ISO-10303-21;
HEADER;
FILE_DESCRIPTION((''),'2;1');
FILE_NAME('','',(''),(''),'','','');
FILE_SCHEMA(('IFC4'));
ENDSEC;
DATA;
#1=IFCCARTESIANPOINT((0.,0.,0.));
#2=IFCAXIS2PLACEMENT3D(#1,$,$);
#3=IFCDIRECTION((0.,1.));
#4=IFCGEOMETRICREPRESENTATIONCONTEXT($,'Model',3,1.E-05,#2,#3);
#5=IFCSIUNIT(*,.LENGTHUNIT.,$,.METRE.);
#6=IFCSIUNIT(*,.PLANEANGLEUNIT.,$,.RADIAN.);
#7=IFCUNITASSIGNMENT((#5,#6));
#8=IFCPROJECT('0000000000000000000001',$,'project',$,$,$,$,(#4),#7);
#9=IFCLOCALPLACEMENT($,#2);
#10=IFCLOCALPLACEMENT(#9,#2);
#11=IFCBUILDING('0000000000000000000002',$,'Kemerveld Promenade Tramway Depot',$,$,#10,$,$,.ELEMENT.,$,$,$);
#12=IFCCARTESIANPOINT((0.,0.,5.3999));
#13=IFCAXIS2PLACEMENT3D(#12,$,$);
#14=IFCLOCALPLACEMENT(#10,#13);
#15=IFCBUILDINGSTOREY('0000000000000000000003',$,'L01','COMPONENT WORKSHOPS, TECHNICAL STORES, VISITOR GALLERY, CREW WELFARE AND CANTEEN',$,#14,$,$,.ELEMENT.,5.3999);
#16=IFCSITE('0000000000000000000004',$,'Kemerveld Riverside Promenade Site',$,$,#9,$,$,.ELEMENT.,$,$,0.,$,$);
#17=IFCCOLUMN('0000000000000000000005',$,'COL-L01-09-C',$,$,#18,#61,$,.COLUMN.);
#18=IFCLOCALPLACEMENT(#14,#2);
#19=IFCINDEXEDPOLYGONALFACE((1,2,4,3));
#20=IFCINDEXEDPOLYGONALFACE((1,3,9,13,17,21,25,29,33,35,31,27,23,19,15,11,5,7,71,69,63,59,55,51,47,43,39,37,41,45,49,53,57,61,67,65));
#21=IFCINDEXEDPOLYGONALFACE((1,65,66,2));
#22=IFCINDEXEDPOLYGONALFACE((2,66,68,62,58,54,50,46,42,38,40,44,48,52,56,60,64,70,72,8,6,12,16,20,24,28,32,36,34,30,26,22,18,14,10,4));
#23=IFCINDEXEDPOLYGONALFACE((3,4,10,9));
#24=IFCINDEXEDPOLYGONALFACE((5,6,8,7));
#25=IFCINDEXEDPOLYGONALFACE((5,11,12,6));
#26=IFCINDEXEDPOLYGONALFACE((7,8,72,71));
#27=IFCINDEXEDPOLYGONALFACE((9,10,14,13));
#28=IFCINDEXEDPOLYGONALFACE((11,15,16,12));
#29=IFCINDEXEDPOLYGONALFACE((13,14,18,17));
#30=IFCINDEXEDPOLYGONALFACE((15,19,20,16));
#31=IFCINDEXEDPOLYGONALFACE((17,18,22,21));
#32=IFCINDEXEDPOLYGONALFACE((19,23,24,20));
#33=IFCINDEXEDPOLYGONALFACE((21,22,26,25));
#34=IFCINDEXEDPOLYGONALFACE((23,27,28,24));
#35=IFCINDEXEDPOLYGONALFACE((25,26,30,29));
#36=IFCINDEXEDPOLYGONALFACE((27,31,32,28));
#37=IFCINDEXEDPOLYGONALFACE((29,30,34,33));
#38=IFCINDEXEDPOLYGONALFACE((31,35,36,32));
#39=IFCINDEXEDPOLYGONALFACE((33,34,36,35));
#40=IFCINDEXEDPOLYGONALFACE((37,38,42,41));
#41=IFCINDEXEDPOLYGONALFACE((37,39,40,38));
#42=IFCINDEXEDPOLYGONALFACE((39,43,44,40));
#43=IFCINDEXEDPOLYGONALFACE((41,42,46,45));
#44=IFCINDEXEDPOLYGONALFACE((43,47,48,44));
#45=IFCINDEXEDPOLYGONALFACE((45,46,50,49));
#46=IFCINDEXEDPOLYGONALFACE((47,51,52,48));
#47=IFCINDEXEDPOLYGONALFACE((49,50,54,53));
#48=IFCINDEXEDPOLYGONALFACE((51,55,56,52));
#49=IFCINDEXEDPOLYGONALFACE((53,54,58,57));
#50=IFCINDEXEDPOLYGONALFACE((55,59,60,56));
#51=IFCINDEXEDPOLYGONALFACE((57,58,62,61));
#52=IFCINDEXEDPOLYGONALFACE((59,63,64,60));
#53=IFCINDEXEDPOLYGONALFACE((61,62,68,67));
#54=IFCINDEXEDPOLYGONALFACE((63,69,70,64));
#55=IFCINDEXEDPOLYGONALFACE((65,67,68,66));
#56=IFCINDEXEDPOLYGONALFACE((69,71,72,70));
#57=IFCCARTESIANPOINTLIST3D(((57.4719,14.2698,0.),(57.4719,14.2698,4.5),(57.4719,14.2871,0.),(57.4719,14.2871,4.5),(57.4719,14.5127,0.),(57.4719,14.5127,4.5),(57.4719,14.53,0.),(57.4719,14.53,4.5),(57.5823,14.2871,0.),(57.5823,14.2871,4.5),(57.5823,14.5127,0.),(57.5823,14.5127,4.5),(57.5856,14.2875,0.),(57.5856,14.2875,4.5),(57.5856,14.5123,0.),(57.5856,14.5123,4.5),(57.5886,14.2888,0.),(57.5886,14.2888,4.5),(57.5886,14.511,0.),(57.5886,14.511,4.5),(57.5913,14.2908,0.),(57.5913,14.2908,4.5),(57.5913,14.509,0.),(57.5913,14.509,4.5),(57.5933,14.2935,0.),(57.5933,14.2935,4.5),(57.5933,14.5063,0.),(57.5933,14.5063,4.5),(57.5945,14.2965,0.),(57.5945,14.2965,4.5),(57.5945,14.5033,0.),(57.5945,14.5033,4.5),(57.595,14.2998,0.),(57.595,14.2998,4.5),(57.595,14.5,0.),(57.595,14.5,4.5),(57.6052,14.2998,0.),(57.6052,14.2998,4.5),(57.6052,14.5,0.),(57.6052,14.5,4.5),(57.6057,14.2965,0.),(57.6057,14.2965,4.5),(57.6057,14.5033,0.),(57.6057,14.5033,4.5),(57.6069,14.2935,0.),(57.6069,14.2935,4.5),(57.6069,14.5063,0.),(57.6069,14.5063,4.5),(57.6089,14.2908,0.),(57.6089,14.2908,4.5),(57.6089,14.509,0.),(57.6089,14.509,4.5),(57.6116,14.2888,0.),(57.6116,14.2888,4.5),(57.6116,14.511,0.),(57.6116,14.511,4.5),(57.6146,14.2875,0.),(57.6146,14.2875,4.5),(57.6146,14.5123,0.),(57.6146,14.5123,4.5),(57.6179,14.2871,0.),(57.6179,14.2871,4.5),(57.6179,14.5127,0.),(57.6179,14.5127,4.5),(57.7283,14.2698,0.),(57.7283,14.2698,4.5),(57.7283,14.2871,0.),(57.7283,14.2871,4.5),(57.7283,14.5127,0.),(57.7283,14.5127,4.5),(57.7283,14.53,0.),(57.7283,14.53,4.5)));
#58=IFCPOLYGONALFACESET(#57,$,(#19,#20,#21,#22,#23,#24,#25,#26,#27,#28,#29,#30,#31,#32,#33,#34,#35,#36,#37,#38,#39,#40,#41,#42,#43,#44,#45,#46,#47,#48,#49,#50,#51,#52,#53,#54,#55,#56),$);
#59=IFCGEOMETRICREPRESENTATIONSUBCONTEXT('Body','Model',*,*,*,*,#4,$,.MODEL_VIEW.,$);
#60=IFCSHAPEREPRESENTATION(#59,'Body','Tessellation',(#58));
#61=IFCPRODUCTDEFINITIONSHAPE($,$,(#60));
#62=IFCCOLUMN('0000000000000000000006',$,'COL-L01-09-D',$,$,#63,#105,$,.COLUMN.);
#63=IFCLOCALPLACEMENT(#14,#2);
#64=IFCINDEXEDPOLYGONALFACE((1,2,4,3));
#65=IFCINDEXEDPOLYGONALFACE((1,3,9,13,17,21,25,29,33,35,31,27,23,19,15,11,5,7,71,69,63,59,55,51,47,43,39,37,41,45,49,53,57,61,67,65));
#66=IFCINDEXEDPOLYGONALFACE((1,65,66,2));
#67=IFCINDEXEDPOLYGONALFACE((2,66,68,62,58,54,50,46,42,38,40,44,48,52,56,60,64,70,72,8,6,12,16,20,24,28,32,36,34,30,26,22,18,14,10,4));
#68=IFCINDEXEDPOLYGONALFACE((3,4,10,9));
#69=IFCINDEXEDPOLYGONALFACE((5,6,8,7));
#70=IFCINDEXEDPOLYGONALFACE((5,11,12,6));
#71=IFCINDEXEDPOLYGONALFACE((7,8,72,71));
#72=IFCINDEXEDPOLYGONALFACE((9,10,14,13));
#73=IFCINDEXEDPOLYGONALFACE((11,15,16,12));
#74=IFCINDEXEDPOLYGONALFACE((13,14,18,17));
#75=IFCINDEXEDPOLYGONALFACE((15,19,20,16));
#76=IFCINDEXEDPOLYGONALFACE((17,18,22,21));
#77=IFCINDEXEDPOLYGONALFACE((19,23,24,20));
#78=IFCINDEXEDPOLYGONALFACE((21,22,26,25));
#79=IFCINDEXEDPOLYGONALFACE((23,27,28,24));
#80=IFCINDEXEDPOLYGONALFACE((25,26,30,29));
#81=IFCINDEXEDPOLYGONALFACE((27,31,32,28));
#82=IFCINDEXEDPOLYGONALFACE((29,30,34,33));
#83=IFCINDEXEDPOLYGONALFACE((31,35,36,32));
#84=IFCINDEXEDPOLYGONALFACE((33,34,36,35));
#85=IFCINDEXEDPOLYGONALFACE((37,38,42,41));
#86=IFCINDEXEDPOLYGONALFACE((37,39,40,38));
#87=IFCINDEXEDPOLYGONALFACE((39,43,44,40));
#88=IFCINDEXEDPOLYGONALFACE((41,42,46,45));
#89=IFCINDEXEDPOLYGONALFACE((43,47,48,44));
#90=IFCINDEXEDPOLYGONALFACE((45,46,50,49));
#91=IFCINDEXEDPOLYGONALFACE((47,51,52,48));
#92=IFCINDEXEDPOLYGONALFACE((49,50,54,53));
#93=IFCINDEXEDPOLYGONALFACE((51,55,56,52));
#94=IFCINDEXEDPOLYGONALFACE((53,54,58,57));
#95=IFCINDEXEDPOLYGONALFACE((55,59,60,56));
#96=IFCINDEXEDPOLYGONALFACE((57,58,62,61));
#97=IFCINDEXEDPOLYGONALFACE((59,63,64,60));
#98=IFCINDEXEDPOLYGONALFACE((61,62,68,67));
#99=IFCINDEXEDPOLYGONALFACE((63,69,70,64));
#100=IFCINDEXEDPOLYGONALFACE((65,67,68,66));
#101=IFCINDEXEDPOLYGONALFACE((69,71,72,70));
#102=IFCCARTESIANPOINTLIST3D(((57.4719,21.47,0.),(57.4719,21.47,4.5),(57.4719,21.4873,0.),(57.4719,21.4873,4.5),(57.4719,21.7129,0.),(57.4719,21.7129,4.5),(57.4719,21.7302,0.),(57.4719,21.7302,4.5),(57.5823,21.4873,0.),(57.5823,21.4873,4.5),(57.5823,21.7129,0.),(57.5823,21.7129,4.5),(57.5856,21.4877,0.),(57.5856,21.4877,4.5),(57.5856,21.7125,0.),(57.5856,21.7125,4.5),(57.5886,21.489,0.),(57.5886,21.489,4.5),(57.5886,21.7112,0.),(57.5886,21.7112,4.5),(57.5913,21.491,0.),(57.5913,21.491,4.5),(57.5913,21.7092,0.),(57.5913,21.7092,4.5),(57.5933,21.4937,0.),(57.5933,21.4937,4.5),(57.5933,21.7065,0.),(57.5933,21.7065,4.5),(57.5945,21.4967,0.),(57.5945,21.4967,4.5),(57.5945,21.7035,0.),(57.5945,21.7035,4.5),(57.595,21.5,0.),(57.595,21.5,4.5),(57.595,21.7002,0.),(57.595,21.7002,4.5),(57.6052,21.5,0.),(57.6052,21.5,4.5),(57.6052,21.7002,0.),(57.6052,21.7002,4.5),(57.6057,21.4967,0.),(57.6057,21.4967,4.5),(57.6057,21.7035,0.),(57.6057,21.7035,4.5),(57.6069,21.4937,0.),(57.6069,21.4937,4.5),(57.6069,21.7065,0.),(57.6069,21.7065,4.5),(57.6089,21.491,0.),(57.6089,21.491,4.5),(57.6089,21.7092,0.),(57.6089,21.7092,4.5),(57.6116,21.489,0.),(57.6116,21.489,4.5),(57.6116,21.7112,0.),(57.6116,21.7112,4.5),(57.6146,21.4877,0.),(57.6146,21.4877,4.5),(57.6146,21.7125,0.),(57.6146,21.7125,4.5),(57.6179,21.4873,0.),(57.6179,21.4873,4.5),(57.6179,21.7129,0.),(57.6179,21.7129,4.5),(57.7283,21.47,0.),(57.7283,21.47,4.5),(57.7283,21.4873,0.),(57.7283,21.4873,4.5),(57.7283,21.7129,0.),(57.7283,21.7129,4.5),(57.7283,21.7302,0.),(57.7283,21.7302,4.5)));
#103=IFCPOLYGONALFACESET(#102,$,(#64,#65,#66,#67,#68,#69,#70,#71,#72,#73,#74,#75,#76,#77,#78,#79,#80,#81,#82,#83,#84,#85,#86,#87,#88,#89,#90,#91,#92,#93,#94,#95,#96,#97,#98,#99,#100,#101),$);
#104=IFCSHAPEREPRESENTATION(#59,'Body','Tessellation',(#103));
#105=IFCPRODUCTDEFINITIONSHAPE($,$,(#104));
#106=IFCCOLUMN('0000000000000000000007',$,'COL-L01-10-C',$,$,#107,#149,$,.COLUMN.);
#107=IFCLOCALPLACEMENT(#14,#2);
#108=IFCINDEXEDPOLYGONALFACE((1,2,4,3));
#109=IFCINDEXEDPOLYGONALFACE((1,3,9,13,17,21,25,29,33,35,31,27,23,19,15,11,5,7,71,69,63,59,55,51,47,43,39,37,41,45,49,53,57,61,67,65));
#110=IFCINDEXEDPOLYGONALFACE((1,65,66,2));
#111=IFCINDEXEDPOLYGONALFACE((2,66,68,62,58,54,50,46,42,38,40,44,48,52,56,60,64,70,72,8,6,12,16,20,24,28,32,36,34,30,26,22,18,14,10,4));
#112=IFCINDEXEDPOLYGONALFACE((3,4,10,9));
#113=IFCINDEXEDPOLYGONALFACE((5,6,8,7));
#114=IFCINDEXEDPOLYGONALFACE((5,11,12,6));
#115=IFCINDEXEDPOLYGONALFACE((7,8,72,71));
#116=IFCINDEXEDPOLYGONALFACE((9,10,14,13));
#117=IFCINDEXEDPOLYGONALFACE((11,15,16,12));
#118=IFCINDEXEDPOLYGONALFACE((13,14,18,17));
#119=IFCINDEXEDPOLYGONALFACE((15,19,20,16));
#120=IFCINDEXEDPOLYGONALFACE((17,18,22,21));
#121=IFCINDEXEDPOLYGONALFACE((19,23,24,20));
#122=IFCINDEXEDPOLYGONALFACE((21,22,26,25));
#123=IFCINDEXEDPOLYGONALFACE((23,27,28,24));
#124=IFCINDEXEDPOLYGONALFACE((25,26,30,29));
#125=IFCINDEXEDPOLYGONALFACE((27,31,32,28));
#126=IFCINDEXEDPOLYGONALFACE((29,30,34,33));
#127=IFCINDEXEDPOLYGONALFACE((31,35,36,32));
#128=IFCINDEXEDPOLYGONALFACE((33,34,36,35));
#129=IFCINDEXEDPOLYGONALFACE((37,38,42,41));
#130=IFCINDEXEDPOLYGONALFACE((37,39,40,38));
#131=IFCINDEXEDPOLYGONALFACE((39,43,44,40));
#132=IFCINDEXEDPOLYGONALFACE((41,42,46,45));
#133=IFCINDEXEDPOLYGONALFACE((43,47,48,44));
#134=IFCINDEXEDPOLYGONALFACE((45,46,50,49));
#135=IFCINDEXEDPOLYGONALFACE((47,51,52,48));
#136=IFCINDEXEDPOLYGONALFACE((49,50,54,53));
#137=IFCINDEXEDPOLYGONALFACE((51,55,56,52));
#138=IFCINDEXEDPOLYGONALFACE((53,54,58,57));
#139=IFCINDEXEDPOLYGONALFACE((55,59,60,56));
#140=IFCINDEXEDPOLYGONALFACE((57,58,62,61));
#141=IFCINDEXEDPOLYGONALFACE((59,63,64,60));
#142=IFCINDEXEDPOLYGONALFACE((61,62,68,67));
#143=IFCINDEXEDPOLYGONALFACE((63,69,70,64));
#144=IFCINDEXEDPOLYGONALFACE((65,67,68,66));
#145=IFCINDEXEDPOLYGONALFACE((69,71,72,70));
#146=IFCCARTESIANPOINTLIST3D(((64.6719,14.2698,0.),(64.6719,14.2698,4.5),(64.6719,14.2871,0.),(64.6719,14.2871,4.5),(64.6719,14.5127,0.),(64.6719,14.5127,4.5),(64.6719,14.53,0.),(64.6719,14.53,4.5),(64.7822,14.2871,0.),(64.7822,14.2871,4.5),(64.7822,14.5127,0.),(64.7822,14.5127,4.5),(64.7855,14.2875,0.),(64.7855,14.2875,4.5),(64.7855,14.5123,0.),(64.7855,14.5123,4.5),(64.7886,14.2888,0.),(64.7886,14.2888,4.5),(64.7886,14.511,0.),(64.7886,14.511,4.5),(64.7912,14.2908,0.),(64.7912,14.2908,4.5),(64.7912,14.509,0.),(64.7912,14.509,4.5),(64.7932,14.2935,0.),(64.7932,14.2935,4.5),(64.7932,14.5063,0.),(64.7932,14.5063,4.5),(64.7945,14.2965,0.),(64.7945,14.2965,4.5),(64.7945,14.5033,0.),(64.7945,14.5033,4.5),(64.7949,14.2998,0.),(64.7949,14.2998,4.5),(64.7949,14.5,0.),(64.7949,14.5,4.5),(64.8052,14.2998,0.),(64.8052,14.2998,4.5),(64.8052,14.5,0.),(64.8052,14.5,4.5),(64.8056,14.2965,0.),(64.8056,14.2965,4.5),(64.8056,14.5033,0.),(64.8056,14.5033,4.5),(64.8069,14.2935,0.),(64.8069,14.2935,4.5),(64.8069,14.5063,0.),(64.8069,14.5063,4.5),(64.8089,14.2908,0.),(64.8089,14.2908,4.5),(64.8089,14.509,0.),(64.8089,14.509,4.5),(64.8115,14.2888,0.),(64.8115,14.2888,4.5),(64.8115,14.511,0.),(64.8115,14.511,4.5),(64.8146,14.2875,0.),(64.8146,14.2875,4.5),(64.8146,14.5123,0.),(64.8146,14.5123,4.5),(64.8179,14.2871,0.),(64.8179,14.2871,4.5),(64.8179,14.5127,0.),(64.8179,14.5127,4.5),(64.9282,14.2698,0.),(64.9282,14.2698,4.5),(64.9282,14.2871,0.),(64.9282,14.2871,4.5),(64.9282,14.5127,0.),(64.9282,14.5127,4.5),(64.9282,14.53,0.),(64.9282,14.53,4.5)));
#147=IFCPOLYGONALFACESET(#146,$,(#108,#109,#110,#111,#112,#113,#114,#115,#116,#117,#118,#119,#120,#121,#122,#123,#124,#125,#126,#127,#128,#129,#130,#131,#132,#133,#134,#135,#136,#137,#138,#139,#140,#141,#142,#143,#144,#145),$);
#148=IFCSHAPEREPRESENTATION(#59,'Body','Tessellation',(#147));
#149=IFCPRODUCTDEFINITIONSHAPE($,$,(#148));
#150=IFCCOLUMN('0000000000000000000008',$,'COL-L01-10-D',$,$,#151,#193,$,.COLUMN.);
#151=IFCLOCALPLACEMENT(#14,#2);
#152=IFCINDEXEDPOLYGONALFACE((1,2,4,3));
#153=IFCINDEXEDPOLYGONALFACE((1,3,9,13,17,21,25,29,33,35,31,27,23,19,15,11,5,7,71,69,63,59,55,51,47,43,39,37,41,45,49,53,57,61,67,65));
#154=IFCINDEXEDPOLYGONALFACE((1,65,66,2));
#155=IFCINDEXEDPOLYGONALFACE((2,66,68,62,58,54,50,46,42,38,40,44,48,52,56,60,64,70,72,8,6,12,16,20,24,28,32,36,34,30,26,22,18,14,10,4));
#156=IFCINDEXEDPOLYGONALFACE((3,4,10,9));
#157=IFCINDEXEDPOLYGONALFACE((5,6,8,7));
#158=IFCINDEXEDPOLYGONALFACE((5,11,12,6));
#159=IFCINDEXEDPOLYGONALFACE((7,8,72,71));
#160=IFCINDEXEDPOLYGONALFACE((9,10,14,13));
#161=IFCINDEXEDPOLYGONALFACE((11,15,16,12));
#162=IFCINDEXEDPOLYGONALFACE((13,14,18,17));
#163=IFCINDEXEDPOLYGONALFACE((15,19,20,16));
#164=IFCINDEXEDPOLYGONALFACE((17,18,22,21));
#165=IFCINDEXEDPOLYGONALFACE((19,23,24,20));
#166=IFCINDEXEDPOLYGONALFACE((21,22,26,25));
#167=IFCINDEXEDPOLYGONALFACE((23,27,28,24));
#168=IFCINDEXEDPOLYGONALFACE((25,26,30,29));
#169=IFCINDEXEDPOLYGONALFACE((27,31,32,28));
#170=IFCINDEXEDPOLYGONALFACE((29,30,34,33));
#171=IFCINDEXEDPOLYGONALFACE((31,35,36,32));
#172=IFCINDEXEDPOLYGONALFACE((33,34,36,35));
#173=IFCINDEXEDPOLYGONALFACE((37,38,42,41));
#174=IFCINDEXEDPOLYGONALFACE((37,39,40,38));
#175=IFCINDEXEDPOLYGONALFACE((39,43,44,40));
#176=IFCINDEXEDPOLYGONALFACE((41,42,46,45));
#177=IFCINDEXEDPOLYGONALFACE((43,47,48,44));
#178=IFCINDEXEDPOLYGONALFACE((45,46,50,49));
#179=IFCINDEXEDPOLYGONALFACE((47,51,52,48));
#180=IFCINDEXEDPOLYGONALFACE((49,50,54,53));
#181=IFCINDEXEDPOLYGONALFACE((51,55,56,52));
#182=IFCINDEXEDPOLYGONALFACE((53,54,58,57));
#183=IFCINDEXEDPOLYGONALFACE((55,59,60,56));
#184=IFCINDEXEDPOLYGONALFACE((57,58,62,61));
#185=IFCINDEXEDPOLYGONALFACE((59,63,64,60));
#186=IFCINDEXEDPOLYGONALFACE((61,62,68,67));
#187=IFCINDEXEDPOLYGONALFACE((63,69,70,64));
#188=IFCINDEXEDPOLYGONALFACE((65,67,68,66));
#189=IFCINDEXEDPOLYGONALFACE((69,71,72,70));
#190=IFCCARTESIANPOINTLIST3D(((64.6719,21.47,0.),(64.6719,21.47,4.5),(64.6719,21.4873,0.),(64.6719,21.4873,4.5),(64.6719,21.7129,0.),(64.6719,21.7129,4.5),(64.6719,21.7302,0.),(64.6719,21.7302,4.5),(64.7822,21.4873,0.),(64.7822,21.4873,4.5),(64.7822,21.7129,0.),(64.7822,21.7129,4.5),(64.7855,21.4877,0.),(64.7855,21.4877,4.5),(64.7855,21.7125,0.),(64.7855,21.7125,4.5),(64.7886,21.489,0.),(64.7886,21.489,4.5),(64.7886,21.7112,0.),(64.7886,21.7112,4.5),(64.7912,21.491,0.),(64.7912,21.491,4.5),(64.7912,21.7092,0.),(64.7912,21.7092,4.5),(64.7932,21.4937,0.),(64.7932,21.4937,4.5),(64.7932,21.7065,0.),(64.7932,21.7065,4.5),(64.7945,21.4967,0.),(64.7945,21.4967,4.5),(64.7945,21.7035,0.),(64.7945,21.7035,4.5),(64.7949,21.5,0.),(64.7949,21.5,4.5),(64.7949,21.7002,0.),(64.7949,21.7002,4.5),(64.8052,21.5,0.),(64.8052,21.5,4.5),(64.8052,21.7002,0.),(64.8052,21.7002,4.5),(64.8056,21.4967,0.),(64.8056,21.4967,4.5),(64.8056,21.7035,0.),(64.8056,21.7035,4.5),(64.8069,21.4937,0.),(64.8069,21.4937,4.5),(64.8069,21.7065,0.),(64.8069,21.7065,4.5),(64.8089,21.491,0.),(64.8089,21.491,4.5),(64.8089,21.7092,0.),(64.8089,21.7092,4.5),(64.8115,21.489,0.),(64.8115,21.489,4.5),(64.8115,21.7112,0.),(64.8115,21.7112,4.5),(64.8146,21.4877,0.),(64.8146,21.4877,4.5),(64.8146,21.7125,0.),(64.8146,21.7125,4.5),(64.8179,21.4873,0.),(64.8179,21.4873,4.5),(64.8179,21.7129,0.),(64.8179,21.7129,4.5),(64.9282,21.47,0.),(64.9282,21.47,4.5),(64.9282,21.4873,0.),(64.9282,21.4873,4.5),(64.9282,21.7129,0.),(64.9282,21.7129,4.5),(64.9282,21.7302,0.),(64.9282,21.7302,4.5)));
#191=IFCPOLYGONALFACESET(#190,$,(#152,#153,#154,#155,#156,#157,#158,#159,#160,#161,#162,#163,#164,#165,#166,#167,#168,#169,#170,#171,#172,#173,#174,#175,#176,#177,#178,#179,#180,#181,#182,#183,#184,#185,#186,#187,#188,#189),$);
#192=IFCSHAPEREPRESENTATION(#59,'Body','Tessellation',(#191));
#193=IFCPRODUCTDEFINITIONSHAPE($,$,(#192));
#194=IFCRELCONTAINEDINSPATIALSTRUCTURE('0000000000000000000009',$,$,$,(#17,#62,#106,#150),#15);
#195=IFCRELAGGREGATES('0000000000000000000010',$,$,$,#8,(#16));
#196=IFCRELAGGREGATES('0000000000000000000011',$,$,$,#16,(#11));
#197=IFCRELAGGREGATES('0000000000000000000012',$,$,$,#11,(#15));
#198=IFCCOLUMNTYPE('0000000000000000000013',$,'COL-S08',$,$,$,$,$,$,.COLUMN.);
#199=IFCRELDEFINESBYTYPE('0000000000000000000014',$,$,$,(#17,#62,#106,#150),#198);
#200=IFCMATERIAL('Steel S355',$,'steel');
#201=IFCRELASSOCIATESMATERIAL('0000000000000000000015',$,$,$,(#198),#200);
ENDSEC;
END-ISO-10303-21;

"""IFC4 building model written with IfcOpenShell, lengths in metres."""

from ifc_helpers import new_model, si_unit, direction, frame, origin, origin_2d, place, context, subcontext, project, spatial, i_section, extrude, material, material_profile, profile_set, type_object, element, save


model = new_model("IFC4")

# Units and contexts
model_context = context("Model", 3, precision=1e-05, world=origin(), true_north=direction((0.0, 1.0)))
body_context = subcontext(model_context, "Body", "Model", "MODEL_VIEW")
ifc_project = project(units=[si_unit("LENGTHUNIT", "METRE"), si_unit("PLANEANGLEUNIT", "RADIAN")], contexts=[model_context])

# Site, building, storey
site_placement = place(None, origin())
site = spatial("IfcSite", under=ifc_project, at=site_placement, Name="Kemerveld Riverside Promenade Site", CompositionType="ELEMENT", RefElevation=0.0)
building_placement = place(site_placement, origin())
building = spatial("IfcBuilding", under=site, at=building_placement, Name="Kemerveld Promenade Tramway Depot", CompositionType="ELEMENT")
storey_placement = place(building_placement, frame((0.0, 0.0, 5.3999)))
storey = spatial("IfcBuildingStorey", under=building, at=storey_placement, Name="L01", Description="COMPONENT WORKSHOPS, TECHNICAL STORES, VISITOR GALLERY, CREW WELFARE AND CANTEEN", CompositionType="ELEMENT", Elevation=5.3999)

# Columns
ifc_material_1 = material(Name="Steel S355", Category="steel")
ifc_material_profile_1 = material_profile(ifc_material_1, i_section(OverallWidth=0.2563, OverallDepth=0.2603, WebThickness=0.0103, FlangeThickness=0.0173, FilletRadius=0.0127, at=origin_2d()), Name="254x254x89 UC")
ifc_profile_set_1 = profile_set([ifc_material_profile_1], Name="Steel S355")
column_type = type_object("IfcColumnType", Name="COL-S08", PredefinedType="COLUMN", material=ifc_profile_set_1)
for number, where, z_axis, x_axis, name in (
    (1, (57.6001, 14.3999, 0.0), (0.0, 0.0, 1.0), (1.0, 0.0, 0.0), "COL-L01-09-C"),
    (2, (57.6001, 21.6001, 0.0), (0.0, 0.0, 1.0), (1.0, 0.0, 0.0), "COL-L01-09-D"),
    (3, (64.8, 14.3999, 0.0), (0.0, 0.0, 1.0), (1.0, 0.0, 0.0), "COL-L01-10-C"),
    (4, (64.8, 21.6001, 0.0), (0.0, 0.0, 1.0), (1.0, 0.0, 0.0), "COL-L01-10-D"),
):
    element("IfcColumn", number, at=place(storey_placement, frame(where, z_axis=z_axis, x_axis=x_axis)), inside=storey, type_object=column_type, Name=name, PredefinedType="COLUMN", context=body_context, shape_type="SweptSolid", body=[
        extrude(i_section(OverallWidth=0.2563, OverallDepth=0.2603, WebThickness=0.0103, FlangeThickness=0.0173, FilletRadius=0.0127, at=origin_2d()), origin(), (0.0, 0.0, 1.0), 4.5),
    ])

save(model, "model.ifc")
